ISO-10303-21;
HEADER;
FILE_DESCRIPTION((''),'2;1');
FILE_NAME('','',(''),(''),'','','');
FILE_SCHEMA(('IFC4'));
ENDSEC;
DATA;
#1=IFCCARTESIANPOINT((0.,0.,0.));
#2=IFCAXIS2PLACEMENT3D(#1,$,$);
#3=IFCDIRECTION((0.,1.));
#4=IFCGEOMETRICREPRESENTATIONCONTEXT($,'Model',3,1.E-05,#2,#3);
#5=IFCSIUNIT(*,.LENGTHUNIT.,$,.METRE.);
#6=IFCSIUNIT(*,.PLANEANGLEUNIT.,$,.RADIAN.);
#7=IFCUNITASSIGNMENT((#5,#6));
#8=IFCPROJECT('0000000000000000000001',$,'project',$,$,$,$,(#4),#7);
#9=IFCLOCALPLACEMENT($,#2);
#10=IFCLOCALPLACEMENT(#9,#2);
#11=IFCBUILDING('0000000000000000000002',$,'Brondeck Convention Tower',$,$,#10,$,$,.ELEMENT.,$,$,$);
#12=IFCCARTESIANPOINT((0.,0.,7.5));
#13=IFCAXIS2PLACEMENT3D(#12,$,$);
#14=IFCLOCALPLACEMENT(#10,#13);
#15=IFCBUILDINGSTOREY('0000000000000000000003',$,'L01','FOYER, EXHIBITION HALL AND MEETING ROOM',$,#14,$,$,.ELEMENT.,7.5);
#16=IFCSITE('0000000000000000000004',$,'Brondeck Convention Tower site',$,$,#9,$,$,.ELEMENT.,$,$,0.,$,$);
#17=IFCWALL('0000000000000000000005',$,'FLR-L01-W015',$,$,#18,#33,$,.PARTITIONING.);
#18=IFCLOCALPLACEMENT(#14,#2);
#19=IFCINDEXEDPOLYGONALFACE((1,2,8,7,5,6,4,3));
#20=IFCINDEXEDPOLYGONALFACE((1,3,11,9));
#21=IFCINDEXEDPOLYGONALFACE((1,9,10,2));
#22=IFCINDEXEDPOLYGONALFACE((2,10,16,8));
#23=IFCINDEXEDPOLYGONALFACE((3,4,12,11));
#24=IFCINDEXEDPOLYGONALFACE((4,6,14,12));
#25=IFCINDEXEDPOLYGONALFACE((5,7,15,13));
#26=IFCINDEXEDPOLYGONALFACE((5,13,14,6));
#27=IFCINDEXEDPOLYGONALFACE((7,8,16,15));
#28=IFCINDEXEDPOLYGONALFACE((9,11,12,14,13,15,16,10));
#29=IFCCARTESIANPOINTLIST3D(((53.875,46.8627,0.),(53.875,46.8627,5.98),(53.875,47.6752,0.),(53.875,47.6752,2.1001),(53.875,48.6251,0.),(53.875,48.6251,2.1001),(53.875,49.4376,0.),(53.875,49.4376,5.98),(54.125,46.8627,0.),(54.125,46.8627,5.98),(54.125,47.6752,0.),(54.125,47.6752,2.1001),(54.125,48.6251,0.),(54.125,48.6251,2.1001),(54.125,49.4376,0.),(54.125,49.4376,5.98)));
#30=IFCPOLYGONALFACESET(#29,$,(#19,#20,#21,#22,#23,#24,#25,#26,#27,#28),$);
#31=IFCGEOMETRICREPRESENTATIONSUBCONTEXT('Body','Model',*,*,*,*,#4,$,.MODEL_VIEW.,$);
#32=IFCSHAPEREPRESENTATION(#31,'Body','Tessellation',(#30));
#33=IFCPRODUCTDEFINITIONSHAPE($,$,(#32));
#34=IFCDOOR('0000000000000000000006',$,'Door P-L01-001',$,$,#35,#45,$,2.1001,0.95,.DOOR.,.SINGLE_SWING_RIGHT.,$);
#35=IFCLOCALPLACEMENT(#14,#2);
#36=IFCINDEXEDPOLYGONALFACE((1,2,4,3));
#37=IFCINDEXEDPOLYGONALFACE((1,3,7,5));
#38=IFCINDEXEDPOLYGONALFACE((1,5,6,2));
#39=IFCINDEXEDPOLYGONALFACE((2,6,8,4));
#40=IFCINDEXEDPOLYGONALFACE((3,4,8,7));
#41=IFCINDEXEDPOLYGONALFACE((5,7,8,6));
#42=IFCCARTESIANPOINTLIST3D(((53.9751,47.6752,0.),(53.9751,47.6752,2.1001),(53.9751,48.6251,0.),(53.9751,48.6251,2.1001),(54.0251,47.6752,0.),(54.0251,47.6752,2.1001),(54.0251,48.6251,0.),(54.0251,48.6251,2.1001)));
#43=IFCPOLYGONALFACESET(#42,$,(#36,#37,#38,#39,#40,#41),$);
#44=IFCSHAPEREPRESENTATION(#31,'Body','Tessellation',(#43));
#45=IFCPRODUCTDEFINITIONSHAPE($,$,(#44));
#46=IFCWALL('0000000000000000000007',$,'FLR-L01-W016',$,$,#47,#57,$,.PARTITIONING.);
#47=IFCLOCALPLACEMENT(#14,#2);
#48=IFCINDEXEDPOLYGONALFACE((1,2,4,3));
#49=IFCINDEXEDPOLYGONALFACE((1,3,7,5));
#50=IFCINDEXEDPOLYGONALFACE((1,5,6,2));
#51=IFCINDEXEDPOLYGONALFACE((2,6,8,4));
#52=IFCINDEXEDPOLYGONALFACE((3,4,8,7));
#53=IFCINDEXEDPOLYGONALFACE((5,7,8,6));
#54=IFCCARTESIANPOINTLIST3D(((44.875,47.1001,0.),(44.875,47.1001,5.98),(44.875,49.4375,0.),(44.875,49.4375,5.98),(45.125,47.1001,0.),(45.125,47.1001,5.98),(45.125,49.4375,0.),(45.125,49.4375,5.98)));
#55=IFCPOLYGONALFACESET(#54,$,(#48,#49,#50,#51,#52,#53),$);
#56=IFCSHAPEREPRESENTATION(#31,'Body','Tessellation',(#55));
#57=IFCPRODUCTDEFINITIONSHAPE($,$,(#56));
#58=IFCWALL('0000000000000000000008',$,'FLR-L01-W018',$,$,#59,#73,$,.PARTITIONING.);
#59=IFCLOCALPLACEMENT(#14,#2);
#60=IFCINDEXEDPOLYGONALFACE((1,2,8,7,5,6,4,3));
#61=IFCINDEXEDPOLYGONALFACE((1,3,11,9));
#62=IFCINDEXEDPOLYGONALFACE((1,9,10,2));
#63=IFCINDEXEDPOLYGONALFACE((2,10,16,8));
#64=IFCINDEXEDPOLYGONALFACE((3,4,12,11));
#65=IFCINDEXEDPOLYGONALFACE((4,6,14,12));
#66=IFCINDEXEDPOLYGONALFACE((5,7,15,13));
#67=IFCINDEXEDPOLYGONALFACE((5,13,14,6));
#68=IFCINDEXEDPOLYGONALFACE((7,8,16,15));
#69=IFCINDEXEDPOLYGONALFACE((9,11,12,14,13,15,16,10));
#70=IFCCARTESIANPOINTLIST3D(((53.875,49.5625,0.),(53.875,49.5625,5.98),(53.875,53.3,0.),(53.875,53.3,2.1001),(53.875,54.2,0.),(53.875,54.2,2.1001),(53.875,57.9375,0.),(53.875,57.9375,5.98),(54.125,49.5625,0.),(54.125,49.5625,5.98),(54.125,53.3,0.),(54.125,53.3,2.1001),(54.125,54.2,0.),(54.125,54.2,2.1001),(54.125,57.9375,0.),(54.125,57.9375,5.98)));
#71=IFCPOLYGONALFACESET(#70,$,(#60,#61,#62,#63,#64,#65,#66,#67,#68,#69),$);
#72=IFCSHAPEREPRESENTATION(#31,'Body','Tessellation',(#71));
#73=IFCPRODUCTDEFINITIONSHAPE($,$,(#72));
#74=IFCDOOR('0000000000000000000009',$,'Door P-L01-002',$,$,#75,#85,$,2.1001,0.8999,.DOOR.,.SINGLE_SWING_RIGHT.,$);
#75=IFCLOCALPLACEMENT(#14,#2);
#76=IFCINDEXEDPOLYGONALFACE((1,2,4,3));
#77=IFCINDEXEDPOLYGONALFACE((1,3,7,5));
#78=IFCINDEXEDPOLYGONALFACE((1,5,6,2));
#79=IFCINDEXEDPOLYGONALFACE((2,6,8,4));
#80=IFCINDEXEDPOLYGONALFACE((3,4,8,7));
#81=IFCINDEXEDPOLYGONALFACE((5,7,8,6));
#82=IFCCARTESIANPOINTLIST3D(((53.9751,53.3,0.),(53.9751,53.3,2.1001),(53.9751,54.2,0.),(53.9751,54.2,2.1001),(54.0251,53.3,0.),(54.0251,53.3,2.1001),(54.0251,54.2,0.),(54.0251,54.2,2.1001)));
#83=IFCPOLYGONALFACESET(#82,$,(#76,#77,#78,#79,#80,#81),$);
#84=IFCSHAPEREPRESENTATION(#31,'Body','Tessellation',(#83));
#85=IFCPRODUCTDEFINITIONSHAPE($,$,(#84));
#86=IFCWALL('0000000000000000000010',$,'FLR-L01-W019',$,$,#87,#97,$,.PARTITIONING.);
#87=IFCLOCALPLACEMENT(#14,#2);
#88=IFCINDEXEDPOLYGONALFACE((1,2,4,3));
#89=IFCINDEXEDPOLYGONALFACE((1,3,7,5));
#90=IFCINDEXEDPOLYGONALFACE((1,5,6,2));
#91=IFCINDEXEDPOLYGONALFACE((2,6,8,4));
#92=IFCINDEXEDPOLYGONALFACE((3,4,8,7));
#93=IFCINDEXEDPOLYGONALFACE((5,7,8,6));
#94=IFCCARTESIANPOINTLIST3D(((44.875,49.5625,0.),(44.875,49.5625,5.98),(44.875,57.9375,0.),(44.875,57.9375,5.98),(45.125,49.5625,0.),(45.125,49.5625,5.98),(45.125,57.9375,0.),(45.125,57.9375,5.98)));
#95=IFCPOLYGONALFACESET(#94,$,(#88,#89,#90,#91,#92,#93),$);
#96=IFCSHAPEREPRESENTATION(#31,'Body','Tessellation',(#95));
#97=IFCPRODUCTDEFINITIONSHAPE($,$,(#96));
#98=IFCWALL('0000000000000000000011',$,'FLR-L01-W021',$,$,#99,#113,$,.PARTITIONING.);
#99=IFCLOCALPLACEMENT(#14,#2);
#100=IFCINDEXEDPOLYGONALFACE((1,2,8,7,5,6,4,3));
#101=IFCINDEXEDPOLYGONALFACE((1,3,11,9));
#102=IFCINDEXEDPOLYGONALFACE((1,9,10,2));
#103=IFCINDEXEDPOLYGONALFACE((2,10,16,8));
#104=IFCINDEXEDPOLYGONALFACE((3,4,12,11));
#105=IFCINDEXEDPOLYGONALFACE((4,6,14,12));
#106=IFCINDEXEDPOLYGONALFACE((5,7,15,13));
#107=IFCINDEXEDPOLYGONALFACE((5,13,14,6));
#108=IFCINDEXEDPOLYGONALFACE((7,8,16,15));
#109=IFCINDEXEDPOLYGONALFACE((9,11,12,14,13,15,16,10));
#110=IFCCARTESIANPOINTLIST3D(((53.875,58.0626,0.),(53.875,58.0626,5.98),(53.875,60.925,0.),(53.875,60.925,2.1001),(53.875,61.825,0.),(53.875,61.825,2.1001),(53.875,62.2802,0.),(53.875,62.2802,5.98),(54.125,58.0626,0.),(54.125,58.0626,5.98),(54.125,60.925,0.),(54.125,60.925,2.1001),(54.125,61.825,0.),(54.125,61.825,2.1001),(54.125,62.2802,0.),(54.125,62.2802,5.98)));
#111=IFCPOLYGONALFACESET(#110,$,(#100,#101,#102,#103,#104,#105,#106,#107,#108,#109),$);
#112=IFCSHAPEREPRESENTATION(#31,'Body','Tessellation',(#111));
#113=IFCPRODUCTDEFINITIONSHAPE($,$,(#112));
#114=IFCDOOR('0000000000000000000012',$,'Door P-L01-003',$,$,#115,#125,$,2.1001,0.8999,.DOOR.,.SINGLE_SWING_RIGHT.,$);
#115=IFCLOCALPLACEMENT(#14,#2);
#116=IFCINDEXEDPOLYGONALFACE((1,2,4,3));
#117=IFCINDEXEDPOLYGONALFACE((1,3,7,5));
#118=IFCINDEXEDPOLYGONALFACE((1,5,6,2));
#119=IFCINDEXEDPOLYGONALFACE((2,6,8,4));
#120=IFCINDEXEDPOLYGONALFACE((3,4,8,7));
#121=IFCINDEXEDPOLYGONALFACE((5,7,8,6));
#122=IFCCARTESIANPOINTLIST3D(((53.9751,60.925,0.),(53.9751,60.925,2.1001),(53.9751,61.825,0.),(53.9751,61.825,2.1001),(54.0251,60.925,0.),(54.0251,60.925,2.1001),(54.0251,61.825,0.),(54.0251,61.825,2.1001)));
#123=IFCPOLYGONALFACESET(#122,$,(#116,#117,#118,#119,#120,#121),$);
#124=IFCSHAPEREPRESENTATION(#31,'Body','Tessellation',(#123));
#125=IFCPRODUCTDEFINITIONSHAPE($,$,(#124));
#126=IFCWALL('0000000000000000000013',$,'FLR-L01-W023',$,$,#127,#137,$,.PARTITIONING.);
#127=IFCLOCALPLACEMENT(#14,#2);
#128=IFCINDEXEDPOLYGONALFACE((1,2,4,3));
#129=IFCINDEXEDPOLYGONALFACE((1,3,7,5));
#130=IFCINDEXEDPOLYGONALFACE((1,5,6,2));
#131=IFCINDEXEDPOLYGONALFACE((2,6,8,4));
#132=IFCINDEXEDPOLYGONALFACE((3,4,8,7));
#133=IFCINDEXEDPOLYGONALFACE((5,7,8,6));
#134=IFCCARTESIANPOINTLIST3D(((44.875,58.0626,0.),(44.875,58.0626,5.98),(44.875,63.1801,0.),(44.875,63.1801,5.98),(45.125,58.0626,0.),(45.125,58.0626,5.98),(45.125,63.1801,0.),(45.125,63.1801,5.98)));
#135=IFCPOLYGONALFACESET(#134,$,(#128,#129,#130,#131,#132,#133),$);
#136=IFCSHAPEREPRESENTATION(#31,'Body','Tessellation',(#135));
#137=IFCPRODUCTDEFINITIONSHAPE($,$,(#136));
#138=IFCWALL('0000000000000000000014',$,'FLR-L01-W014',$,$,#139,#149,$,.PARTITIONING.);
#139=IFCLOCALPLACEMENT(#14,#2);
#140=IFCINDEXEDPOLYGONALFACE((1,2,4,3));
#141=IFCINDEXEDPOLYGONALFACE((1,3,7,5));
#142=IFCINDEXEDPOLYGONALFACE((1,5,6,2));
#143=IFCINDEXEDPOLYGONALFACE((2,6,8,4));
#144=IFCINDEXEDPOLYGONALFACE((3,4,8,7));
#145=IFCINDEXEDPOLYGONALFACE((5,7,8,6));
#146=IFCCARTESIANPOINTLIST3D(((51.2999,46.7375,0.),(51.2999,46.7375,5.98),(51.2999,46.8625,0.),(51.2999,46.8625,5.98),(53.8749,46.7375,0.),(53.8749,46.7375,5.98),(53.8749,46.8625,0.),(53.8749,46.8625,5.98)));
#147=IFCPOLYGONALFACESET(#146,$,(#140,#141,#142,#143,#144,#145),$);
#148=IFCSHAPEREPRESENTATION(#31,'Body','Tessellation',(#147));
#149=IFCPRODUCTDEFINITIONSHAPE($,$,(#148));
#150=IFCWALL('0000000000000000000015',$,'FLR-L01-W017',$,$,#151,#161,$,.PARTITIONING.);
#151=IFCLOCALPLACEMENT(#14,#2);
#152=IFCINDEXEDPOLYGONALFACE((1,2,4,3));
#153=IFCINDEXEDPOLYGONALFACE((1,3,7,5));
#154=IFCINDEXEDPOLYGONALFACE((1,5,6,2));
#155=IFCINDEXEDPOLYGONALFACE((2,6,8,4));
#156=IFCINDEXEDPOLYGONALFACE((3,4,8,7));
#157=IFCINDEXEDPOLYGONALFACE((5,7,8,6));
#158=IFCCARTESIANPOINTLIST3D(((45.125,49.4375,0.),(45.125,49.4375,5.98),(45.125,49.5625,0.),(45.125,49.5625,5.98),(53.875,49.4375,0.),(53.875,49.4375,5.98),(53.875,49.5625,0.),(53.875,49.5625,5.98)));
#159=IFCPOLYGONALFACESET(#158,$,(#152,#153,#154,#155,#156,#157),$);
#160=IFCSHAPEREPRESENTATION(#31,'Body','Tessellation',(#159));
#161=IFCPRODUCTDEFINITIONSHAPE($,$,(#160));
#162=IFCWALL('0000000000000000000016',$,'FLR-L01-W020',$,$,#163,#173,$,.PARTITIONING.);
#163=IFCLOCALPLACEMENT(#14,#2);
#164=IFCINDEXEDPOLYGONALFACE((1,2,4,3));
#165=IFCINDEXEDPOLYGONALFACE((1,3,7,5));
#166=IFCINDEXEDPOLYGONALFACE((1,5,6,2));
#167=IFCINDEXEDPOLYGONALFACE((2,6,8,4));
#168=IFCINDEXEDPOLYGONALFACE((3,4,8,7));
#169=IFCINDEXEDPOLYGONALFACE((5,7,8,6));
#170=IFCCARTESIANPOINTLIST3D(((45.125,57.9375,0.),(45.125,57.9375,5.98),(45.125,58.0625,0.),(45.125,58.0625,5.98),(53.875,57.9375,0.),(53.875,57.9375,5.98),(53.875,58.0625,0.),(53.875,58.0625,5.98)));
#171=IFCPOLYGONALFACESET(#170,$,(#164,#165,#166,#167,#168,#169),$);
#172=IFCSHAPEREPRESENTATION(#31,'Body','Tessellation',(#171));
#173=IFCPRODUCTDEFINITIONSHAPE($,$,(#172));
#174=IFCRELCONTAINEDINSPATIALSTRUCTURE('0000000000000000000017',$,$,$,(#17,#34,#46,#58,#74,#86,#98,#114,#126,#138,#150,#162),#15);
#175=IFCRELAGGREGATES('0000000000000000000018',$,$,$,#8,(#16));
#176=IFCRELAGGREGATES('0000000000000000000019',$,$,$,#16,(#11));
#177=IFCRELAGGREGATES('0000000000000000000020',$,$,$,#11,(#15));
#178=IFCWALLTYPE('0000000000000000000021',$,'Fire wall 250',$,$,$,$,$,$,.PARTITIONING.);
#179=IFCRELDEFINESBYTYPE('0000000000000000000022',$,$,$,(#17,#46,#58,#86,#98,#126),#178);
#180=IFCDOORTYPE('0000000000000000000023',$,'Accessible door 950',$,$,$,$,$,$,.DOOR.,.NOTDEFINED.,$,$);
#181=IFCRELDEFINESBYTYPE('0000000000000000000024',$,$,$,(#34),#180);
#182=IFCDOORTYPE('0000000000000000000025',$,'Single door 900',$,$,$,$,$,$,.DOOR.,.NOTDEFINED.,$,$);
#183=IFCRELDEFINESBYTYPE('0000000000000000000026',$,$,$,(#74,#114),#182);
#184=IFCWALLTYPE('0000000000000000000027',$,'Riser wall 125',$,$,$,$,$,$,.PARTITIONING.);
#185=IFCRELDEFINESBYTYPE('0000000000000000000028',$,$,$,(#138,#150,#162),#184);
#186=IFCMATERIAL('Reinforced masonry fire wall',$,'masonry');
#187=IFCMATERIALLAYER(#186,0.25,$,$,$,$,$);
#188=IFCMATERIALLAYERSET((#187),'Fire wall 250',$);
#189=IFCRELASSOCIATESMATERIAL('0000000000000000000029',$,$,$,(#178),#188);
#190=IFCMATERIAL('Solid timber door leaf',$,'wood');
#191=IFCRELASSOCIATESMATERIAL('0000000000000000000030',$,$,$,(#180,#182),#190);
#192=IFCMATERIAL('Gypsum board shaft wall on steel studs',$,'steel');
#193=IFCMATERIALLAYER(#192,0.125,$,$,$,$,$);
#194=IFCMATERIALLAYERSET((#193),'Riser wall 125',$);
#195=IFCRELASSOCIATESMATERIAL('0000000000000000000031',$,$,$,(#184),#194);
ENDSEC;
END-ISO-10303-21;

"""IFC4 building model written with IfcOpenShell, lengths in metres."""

from ifc_helpers import new_model, si_unit, direction, frame, frame_2d, origin, place, context, subcontext, project, spatial, rectangle, extrude, material, layer, layer_set, type_object, element, fill, save


model = new_model("IFC4")

# Units and contexts
model_context = context("Model", 3, precision=1e-05, world=origin(), true_north=direction((0.0, 1.0)))
body_context = subcontext(model_context, "Body", "Model", "MODEL_VIEW")
ifc_project = project(units=[si_unit("LENGTHUNIT", "METRE"), si_unit("PLANEANGLEUNIT", "RADIAN")], contexts=[model_context])

# Site, building, storey
site_placement = place(None, origin())
site = spatial("IfcSite", under=ifc_project, at=site_placement, Name="Brondeck Convention Tower site", CompositionType="ELEMENT", RefElevation=0.0)
building_placement = place(site_placement, origin())
building = spatial("IfcBuilding", under=site, at=building_placement, Name="Brondeck Convention Tower", CompositionType="ELEMENT")
storey_placement = place(building_placement, frame((0.0, 0.0, 7.5)))
storey = spatial("IfcBuildingStorey", under=building, at=storey_placement, Name="L01", Description="FOYER, EXHIBITION HALL AND MEETING ROOM", CompositionType="ELEMENT", Elevation=7.5)

# Shared definitions
ifc_material_1 = material(Name="Reinforced masonry fire wall", Category="masonry")
ifc_layer_1 = layer(ifc_material_1, 0.25)
ifc_layer_set_1 = layer_set([ifc_layer_1], Name="Fire wall 250")
wall_type_1 = type_object("IfcWallType", Name="Fire wall 250", PredefinedType="PARTITIONING", material=ifc_layer_set_1)

# Wall, opening, door
wall_1_placement = place(storey_placement, frame((54.0, 46.8625, 0.0), z_axis=(0.0, 0.0, 1.0), x_axis=(0.0, 1.0, 0.0)))
wall_1 = element("IfcWall", 1, at=wall_1_placement, inside=storey, type_object=wall_type_1, Name="FLR-L01-W015", PredefinedType="PARTITIONING", context=body_context, shape_type="SweptSolid", body=[
    extrude(rectangle(XDim=2.575, YDim=0.25, at=frame_2d((1.2876, 0.0))), origin(), (0.0, 0.0, 1.0), 5.98),
])
opening_1_placement = place(wall_1_placement, frame((0.8125, 0.0, 0.0)))
opening_1 = element("IfcOpeningElement", 2, at=opening_1_placement, cuts=wall_1, PredefinedType="OPENING", context=body_context, shape_type="SweptSolid", body=[
    extrude(rectangle(XDim=0.95, YDim=2.1001, at=frame_2d((0.4751, 1.05))), frame((0.0, 0.135, 0.0), z_axis=(0.0, -1.0, 0.0), x_axis=(1.0, 0.0, 0.0)), (0.0, 0.0, 1.0), 0.27),
])
ifc_material_2 = material(Name="Solid timber door leaf", Category="wood")
door_type_1 = type_object("IfcDoorType", Name="Accessible door 950", OperationType="NOTDEFINED", PredefinedType="DOOR", material=ifc_material_2)
door_1_placement = place(opening_1_placement, origin())
door_1 = element("IfcDoor", 3, at=door_1_placement, inside=storey, type_object=door_type_1, Name="Door P-L01-001", OperationType="SINGLE_SWING_RIGHT", OverallHeight=2.1001, OverallWidth=0.95, PredefinedType="DOOR", context=body_context, shape_type="SweptSolid", body=[
    extrude(rectangle(XDim=0.95, YDim=2.1001, at=frame_2d((0.4751, 1.05))), frame((0.0, 0.0249, 0.0), z_axis=(0.0, -1.0, 0.0), x_axis=(1.0, 0.0, 0.0)), (0.0, 0.0, 1.0), 0.05),
])
fill(opening_1, door_1)

# Wall
wall_2_placement = place(storey_placement, frame((45.0, 49.4375, 0.0), z_axis=(0.0, 0.0, 1.0), x_axis=(0.0, -1.0, 0.0)))
element("IfcWall", 4, at=wall_2_placement, inside=storey, type_object=wall_type_1, Name="FLR-L01-W016", PredefinedType="PARTITIONING", context=body_context, shape_type="SweptSolid", body=[
    extrude(rectangle(XDim=2.3374, YDim=0.25, at=frame_2d((1.1687, 0.0))), origin(), (0.0, 0.0, 1.0), 5.98),
])

# Wall, opening, door
wall_3_placement = place(storey_placement, frame((54.0, 49.5625, 0.0), z_axis=(0.0, 0.0, 1.0), x_axis=(0.0, 1.0, 0.0)))
wall_3 = element("IfcWall", 5, at=wall_3_placement, inside=storey, type_object=wall_type_1, Name="FLR-L01-W018", PredefinedType="PARTITIONING", context=body_context, shape_type="SweptSolid", body=[
    extrude(rectangle(XDim=8.375, YDim=0.25, at=frame_2d((4.1875, 0.0))), origin(), (0.0, 0.0, 1.0), 5.98),
])
opening_2_placement = place(wall_3_placement, frame((3.7375, 0.0, 0.0)))
opening_2 = element("IfcOpeningElement", 6, at=opening_2_placement, cuts=wall_3, PredefinedType="OPENING", context=body_context, shape_type="SweptSolid", body=[
    extrude(rectangle(XDim=0.8999, YDim=2.1001, at=frame_2d((0.45, 1.05))), frame((0.0, 0.135, 0.0), z_axis=(0.0, -1.0, 0.0), x_axis=(1.0, 0.0, 0.0)), (0.0, 0.0, 1.0), 0.27),
])
door_type_2 = type_object("IfcDoorType", Name="Single door 900", OperationType="NOTDEFINED", PredefinedType="DOOR", material=ifc_material_2)
door_2_placement = place(opening_2_placement, origin())
door_2 = element("IfcDoor", 7, at=door_2_placement, inside=storey, type_object=door_type_2, Name="Door P-L01-002", OperationType="SINGLE_SWING_RIGHT", OverallHeight=2.1001, OverallWidth=0.8999, PredefinedType="DOOR", context=body_context, shape_type="SweptSolid", body=[
    extrude(rectangle(XDim=0.8999, YDim=2.1001, at=frame_2d((0.45, 1.05))), frame((0.0, 0.0249, 0.0), z_axis=(0.0, -1.0, 0.0), x_axis=(1.0, 0.0, 0.0)), (0.0, 0.0, 1.0), 0.05),
])
fill(opening_2, door_2)

# Wall
wall_4_placement = place(storey_placement, frame((45.0, 57.9375, 0.0), z_axis=(0.0, 0.0, 1.0), x_axis=(0.0, -1.0, 0.0)))
element("IfcWall", 8, at=wall_4_placement, inside=storey, type_object=wall_type_1, Name="FLR-L01-W019", PredefinedType="PARTITIONING", context=body_context, shape_type="SweptSolid", body=[
    extrude(rectangle(XDim=8.375, YDim=0.25, at=frame_2d((4.1875, 0.0))), origin(), (0.0, 0.0, 1.0), 5.98),
])

# Wall, opening, door
wall_5_placement = place(storey_placement, frame((54.0, 58.0625, 0.0), z_axis=(0.0, 0.0, 1.0), x_axis=(0.0, 1.0, 0.0)))
wall_5 = element("IfcWall", 9, at=wall_5_placement, inside=storey, type_object=wall_type_1, Name="FLR-L01-W021", PredefinedType="PARTITIONING", context=body_context, shape_type="SweptSolid", body=[
    extrude(rectangle(XDim=4.2175, YDim=0.25, at=frame_2d((2.1089, 0.0))), origin(), (0.0, 0.0, 1.0), 5.98),
])
opening_3_placement = place(wall_5_placement, frame((2.8625, 0.0, 0.0)))
opening_3 = element("IfcOpeningElement", 10, at=opening_3_placement, cuts=wall_5, PredefinedType="OPENING", context=body_context, shape_type="SweptSolid", body=[
    extrude(rectangle(XDim=0.8999, YDim=2.1001, at=frame_2d((0.45, 1.05))), frame((0.0, 0.135, 0.0), z_axis=(0.0, -1.0, 0.0), x_axis=(1.0, 0.0, 0.0)), (0.0, 0.0, 1.0), 0.27),
])
door_3_placement = place(opening_3_placement, origin())
door_3 = element("IfcDoor", 11, at=door_3_placement, inside=storey, type_object=door_type_2, Name="Door P-L01-003", OperationType="SINGLE_SWING_RIGHT", OverallHeight=2.1001, OverallWidth=0.8999, PredefinedType="DOOR", context=body_context, shape_type="SweptSolid", body=[
    extrude(rectangle(XDim=0.8999, YDim=2.1001, at=frame_2d((0.45, 1.05))), frame((0.0, 0.0249, 0.0), z_axis=(0.0, -1.0, 0.0), x_axis=(1.0, 0.0, 0.0)), (0.0, 0.0, 1.0), 0.05),
])
fill(opening_3, door_3)

# Walls
wall_6_placement = place(storey_placement, frame((45.0, 63.1799, 0.0), z_axis=(0.0, 0.0, 1.0), x_axis=(0.0, -1.0, 0.0)))
element("IfcWall", 12, at=wall_6_placement, inside=storey, type_object=wall_type_1, Name="FLR-L01-W023", PredefinedType="PARTITIONING", context=body_context, shape_type="SweptSolid", body=[
    extrude(rectangle(XDim=5.1174, YDim=0.25, at=frame_2d((2.5586, 0.0))), origin(), (0.0, 0.0, 1.0), 5.98),
])
ifc_material_3 = material(Name="Gypsum board shaft wall on steel studs", Category="steel")
ifc_layer_2 = layer(ifc_material_3, 0.125)
ifc_layer_set_2 = layer_set([ifc_layer_2], Name="Riser wall 125")
wall_type_2 = type_object("IfcWallType", Name="Riser wall 125", PredefinedType="PARTITIONING", material=ifc_layer_set_2)
wall_7_placement = place(storey_placement, frame((53.875, 46.8, 0.0), z_axis=(0.0, 0.0, 1.0), x_axis=(-1.0, 0.0, 0.0)))
element("IfcWall", 13, at=wall_7_placement, inside=storey, type_object=wall_type_2, Name="FLR-L01-W014", PredefinedType="PARTITIONING", context=body_context, shape_type="SweptSolid", body=[
    extrude(rectangle(XDim=2.575, YDim=0.125, at=frame_2d((1.2876, 0.0))), origin(), (0.0, 0.0, 1.0), 5.98),
])
for number, where, z_axis, x_axis, name in (
    (14, (45.125, 49.5, 0.0), (0.0, 0.0, 1.0), (1.0, 0.0, 0.0), "FLR-L01-W017"),
    (15, (45.125, 58.0, 0.0), (0.0, 0.0, 1.0), (1.0, 0.0, 0.0), "FLR-L01-W020"),
):
    element("IfcWall", number, at=place(storey_placement, frame(where, z_axis=z_axis, x_axis=x_axis)), inside=storey, type_object=wall_type_2, Name=name, PredefinedType="PARTITIONING", context=body_context, shape_type="SweptSolid", body=[
        extrude(rectangle(XDim=8.75, YDim=0.125, at=frame_2d((4.375, 0.0))), origin(), (0.0, 0.0, 1.0), 5.98),
    ])

save(model, "model.ifc")
